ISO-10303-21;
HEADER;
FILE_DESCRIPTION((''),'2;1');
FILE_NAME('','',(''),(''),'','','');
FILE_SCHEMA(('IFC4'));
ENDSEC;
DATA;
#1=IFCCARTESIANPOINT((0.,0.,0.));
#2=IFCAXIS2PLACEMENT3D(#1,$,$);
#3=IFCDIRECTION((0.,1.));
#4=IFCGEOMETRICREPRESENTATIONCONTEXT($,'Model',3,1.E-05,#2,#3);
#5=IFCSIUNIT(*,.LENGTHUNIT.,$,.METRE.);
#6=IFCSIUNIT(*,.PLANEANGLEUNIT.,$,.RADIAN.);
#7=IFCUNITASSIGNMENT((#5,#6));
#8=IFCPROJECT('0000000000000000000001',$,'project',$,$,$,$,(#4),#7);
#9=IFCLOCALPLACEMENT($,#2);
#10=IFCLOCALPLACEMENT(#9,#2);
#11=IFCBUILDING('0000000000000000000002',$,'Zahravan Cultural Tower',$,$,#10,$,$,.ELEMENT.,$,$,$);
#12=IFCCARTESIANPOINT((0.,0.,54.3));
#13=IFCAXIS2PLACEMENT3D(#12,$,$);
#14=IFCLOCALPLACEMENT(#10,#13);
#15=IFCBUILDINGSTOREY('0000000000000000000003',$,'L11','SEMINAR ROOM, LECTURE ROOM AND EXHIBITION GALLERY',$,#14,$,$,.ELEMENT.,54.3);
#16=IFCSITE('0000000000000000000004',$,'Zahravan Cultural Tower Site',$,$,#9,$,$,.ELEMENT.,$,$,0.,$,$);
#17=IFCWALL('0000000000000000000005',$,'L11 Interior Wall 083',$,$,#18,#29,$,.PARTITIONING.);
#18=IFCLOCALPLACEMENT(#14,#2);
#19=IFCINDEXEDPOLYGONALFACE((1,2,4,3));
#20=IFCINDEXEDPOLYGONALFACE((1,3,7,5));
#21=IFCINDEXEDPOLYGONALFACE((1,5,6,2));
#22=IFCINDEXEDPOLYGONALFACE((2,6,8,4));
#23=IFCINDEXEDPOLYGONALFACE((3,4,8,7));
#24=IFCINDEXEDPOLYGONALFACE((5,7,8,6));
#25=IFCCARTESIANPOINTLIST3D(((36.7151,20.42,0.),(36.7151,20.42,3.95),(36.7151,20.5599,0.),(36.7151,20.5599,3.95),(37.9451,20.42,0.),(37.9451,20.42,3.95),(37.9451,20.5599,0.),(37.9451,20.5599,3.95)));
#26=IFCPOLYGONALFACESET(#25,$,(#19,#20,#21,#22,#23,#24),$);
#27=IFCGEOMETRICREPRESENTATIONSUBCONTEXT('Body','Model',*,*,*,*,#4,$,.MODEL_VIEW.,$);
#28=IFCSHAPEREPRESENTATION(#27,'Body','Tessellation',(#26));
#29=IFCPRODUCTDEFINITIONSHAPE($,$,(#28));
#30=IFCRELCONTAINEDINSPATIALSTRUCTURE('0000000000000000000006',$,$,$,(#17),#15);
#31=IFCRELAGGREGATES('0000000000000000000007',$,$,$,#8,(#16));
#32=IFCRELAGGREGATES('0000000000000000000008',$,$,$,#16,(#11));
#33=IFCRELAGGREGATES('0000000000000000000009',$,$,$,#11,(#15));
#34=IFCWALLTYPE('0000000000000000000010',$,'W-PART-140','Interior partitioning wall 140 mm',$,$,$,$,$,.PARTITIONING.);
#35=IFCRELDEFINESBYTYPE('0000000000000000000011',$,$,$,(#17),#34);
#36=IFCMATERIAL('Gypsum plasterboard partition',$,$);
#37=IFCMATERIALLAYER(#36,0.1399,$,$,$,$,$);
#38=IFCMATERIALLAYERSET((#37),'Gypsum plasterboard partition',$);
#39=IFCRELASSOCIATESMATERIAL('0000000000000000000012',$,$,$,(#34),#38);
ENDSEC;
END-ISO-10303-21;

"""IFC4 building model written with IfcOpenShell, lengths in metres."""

from ifc_helpers import new_model, si_unit, direction, frame, frame_2d, origin, place, context, subcontext, project, spatial, rectangle, extrude, source, transform, mapped, material, layer, layer_set, type_object, element, save


model = new_model("IFC4")

# Units and contexts
model_context = context("Model", 3, precision=1e-05, world=origin(), true_north=direction((0.0, 1.0)))
body_context = subcontext(model_context, "Body", "Model", "MODEL_VIEW")
ifc_project = project(units=[si_unit("LENGTHUNIT", "METRE"), si_unit("PLANEANGLEUNIT", "RADIAN")], contexts=[model_context])

# Site, building, storey
site_placement = place(None, origin())
site = spatial("IfcSite", under=ifc_project, at=site_placement, Name="Zahravan Cultural Tower Site", CompositionType="ELEMENT", RefElevation=0.0)
building_placement = place(site_placement, origin())
building = spatial("IfcBuilding", under=site, at=building_placement, Name="Zahravan Cultural Tower", CompositionType="ELEMENT")
storey_placement = place(building_placement, frame((0.0, 0.0, 54.3)))
storey = spatial("IfcBuildingStorey", under=building, at=storey_placement, Name="L11", Description="SEMINAR ROOM, LECTURE ROOM AND EXHIBITION GALLERY", CompositionType="ELEMENT", Elevation=54.3)

# Shared definitions
ifc_material_1 = material(Name="Gypsum plasterboard partition")
ifc_layer_1 = layer(ifc_material_1, 0.1399)
ifc_layer_set_1 = layer_set([ifc_layer_1], Name="Gypsum plasterboard partition")
wall_type_1 = type_object("IfcWallType", Name="W-PART-140", Description="Interior partitioning wall 140 mm", PredefinedType="PARTITIONING", material=ifc_layer_set_1)

# Wall
shared_shape_1 = source(origin(), body_context, "Body", "SweptSolid", [
    extrude(rectangle(XDim=1.23, YDim=0.1399, at=frame_2d((0.615, 0.0))), origin(), (0.0, 0.0, 1.0), 3.95),
])
wall_1_placement = place(storey_placement, frame((37.9451, 20.49, 0.0), z_axis=(0.0, 0.0, 1.0), x_axis=(-1.0, 0.0, 0.0)))
element("IfcWall", 1, at=wall_1_placement, inside=storey, type_object=wall_type_1, Name="L11 Interior Wall 083", PredefinedType="PARTITIONING", context=body_context, shape_type="MappedRepresentation", body=[
    mapped(shared_shape_1, transform((0.0, 0.0, 0.0), x_axis=(1.0, 0.0, 0.0), y_axis=(0.0, 1.0, 0.0), z_axis=(0.0, 0.0, 1.0), scale=1.0)),
])

save(model, "model.ifc")
